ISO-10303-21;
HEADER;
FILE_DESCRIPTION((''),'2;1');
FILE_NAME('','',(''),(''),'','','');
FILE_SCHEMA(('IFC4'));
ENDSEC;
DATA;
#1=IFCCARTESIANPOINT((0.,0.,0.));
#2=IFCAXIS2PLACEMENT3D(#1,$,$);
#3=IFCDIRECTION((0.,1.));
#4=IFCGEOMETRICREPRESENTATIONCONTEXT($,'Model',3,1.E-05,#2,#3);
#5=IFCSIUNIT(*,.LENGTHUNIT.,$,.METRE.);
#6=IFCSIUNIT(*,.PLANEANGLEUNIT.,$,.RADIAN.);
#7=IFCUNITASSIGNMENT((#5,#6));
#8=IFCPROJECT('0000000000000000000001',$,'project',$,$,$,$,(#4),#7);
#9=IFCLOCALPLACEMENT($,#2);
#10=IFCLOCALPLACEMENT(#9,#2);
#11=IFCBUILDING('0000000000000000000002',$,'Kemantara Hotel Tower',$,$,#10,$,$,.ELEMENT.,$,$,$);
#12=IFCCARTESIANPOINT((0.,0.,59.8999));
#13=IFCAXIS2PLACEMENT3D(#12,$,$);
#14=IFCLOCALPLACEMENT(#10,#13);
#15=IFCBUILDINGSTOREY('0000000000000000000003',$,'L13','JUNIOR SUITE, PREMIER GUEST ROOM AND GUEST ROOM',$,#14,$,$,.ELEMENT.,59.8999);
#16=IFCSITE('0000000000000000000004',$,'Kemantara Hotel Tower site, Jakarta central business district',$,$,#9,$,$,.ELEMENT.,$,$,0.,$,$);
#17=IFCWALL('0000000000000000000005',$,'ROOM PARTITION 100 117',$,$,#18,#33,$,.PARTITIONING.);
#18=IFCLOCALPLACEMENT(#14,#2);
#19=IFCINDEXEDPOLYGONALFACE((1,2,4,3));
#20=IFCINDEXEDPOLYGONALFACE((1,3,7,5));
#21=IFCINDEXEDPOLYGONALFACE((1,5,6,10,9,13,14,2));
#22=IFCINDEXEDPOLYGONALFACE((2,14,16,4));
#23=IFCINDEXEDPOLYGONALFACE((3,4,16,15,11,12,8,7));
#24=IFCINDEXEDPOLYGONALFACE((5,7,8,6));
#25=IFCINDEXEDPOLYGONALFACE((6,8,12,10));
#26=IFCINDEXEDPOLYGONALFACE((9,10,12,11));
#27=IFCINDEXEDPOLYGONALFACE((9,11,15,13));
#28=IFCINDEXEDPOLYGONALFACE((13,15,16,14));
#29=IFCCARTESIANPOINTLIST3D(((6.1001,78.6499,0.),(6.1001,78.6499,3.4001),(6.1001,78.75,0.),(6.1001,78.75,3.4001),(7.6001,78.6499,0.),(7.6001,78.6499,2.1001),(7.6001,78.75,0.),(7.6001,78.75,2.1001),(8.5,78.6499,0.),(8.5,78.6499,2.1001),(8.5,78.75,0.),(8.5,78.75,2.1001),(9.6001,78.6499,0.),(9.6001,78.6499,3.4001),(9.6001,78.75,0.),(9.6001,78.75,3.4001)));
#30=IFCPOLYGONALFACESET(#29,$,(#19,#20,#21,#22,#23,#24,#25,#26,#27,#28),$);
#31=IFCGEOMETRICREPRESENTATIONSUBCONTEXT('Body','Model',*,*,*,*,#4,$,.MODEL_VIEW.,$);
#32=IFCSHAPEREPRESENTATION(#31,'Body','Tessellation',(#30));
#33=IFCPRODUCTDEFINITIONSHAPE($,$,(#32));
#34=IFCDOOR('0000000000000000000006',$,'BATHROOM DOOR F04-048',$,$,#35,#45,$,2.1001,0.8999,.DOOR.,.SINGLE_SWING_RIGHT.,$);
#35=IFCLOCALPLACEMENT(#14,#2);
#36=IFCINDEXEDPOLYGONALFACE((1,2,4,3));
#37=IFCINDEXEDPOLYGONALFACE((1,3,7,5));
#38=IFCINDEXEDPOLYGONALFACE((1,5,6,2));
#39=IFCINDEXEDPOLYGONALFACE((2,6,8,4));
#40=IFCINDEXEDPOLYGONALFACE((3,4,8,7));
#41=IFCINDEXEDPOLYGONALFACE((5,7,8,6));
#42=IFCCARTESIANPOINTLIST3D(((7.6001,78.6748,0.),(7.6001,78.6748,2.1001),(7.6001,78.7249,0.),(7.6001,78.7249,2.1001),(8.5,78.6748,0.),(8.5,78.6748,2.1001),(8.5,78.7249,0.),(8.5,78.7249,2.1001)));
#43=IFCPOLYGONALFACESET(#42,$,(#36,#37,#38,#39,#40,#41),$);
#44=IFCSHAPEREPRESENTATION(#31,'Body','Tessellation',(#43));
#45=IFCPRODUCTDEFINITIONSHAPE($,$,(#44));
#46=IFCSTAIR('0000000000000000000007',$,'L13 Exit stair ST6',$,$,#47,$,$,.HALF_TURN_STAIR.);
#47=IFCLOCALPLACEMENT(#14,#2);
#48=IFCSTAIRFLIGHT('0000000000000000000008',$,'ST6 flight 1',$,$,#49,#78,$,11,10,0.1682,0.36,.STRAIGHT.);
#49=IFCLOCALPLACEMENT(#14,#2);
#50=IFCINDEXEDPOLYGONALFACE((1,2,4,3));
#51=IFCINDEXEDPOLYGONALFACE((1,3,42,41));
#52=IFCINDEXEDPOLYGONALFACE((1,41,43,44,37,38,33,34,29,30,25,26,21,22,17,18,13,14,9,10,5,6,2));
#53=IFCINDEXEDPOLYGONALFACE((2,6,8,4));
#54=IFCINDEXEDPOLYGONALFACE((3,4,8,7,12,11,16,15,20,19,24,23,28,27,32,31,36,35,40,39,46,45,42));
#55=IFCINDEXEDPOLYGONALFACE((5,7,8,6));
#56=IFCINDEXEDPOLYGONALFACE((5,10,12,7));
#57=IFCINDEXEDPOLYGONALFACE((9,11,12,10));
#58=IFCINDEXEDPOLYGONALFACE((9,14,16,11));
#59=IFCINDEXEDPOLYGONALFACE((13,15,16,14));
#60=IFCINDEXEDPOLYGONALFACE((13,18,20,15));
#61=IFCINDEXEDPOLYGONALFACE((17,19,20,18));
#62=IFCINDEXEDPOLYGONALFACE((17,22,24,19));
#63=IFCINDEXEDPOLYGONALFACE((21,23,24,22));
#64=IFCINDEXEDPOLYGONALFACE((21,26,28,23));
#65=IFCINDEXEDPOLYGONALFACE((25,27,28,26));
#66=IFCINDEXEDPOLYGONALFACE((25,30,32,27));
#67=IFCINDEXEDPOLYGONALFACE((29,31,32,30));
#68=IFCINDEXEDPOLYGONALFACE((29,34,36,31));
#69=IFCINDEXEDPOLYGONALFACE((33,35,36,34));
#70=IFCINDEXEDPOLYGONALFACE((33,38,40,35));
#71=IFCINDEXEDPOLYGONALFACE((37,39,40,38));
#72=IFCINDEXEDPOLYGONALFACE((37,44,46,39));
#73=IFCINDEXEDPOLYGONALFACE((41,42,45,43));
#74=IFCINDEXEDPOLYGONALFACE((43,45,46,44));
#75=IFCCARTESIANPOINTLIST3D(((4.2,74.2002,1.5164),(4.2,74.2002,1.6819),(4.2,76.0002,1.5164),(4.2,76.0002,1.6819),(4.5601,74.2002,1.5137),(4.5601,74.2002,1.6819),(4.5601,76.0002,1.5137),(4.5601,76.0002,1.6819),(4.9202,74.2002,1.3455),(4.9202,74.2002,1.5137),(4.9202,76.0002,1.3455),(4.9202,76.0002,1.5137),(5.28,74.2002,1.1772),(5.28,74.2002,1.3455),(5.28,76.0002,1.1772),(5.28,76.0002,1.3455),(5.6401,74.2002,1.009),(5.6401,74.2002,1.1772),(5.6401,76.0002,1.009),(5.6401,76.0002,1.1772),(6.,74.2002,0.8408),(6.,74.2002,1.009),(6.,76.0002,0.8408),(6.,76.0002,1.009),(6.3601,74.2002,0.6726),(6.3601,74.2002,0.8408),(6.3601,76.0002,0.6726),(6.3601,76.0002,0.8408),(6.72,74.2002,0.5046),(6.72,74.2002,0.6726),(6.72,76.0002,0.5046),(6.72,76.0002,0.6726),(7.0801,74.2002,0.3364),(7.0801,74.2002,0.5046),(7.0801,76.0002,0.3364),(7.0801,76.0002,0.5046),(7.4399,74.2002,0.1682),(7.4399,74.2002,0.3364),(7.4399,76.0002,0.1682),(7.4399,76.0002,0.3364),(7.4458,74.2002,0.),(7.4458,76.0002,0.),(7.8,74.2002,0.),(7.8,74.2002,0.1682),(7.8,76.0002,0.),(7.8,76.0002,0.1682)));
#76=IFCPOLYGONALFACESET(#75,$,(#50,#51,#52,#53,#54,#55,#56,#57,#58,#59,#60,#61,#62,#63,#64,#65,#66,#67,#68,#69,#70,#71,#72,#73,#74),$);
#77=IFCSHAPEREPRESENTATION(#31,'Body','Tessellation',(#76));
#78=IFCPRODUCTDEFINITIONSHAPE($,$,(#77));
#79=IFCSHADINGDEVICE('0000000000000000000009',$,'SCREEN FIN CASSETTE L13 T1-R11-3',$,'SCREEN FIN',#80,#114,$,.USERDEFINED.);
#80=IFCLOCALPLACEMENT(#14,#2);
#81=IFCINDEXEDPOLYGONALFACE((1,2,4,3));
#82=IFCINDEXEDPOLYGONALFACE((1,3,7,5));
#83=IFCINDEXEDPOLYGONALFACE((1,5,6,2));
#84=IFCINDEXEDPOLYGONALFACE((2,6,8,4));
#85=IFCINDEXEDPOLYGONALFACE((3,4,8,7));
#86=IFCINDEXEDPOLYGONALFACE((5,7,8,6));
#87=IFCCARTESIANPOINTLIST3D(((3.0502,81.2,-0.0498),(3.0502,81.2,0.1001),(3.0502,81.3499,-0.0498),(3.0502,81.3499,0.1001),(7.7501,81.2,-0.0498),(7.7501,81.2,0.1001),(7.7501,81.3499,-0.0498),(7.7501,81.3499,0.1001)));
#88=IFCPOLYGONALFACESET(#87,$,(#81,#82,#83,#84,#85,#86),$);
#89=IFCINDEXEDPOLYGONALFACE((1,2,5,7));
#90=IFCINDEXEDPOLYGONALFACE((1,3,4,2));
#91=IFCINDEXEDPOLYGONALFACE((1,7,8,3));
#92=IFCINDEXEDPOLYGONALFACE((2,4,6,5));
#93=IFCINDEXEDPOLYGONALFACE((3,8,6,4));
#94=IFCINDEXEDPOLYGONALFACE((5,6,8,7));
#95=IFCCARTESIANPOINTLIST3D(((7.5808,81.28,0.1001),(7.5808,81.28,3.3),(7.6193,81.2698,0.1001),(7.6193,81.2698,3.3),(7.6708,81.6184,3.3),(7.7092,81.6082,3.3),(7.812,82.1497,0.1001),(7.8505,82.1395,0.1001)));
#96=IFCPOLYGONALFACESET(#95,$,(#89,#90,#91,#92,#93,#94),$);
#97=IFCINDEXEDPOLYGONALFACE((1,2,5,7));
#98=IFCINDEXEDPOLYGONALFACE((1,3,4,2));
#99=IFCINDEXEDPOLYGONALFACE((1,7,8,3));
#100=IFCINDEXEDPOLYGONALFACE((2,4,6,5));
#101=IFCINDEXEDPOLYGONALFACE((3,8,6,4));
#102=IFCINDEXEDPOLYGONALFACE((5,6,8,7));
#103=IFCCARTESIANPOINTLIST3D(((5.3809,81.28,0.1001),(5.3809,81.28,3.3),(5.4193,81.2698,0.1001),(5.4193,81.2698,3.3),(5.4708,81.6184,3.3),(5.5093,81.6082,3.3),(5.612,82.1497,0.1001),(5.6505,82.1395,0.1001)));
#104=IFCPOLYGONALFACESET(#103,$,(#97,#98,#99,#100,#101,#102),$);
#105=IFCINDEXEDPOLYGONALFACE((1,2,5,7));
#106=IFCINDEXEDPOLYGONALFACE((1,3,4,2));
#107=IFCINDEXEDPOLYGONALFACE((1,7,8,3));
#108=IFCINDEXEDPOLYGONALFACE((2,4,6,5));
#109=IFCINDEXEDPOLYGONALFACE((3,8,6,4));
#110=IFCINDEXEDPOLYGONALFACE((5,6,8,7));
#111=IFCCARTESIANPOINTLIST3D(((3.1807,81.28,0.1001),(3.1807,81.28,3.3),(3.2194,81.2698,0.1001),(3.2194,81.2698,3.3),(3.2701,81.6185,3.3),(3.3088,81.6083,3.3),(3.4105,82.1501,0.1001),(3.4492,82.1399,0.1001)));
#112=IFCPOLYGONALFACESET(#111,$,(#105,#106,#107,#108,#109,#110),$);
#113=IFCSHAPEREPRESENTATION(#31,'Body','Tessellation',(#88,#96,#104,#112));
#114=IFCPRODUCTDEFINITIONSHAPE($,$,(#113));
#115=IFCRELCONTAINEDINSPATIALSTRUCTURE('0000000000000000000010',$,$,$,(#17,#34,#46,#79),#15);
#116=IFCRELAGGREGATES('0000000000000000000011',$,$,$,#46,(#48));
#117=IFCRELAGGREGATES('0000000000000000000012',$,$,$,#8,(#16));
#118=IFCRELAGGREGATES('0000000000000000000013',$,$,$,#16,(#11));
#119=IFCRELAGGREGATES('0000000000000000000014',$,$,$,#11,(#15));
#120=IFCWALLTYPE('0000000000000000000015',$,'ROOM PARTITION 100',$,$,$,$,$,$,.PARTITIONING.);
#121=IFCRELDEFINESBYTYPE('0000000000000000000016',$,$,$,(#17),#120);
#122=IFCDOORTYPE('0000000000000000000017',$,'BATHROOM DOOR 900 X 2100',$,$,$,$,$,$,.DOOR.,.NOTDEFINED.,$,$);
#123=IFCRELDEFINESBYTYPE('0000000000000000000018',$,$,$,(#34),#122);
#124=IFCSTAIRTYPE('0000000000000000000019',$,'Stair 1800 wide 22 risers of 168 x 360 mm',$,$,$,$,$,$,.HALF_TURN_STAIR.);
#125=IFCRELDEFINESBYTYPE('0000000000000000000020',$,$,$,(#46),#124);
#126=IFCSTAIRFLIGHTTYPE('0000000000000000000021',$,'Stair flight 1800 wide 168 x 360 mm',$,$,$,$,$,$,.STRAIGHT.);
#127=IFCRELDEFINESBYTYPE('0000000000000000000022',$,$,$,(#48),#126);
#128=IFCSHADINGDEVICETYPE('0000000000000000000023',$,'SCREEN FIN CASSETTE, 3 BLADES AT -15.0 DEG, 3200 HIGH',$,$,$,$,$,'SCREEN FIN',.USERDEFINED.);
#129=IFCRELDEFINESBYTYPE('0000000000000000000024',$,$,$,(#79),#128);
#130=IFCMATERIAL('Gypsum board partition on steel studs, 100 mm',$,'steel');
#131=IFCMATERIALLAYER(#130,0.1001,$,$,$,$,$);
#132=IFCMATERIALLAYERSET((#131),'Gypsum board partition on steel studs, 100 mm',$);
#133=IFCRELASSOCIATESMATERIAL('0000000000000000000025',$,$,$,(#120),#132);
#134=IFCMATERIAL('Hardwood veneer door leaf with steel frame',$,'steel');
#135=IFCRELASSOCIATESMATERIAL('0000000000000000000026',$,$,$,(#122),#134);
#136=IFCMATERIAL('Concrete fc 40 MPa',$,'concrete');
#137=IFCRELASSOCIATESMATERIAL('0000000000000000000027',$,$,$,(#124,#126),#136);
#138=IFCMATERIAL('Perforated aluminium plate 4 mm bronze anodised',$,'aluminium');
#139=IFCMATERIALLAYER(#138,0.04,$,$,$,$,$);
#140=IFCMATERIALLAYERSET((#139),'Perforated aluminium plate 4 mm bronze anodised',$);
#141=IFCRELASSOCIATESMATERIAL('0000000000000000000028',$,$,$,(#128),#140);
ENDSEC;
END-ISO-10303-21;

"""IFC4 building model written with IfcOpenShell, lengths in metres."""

from ifc_helpers import new_model, si_unit, direction, frame, frame_2d, origin, origin_2d, place, context, subcontext, project, spatial, polyline, rectangle, outline, extrude, source, transform, mapped, material, layer, layer_set, type_object, element, fill, aggregate, save


model = new_model("IFC4")

# Units and contexts
model_context = context("Model", 3, precision=1e-05, world=origin(), true_north=direction((0.0, 1.0)))
body_context = subcontext(model_context, "Body", "Model", "MODEL_VIEW")
ifc_project = project(units=[si_unit("LENGTHUNIT", "METRE"), si_unit("PLANEANGLEUNIT", "RADIAN")], contexts=[model_context])

# Site, building, storey
site_placement = place(None, origin())
site = spatial("IfcSite", under=ifc_project, at=site_placement, Name="Kemantara Hotel Tower site, Jakarta central business district", CompositionType="ELEMENT", RefElevation=0.0)
building_placement = place(site_placement, origin())
building = spatial("IfcBuilding", under=site, at=building_placement, Name="Kemantara Hotel Tower", CompositionType="ELEMENT")
storey_placement = place(building_placement, frame((0.0, 0.0, 59.8999)))
storey = spatial("IfcBuildingStorey", under=building, at=storey_placement, Name="L13", Description="JUNIOR SUITE, PREMIER GUEST ROOM AND GUEST ROOM", CompositionType="ELEMENT", Elevation=59.8999)

# Shared definitions
ifc_material_1 = material(Name="Hardwood veneer door leaf with steel frame", Category="steel")
ifc_material_2 = material(Name="Concrete fc 40 MPa", Category="concrete")

# Shared definitions
ifc_material_3 = material(Name="Gypsum board partition on steel studs, 100 mm", Category="steel")
ifc_layer_1 = layer(ifc_material_3, 0.1001)
ifc_layer_set_1 = layer_set([ifc_layer_1], Name="Gypsum board partition on steel studs, 100 mm")
wall_type_1 = type_object("IfcWallType", Name="ROOM PARTITION 100", PredefinedType="PARTITIONING", material=ifc_layer_set_1)

# Wall, opening, door
wall_1_placement = place(storey_placement, frame((6.1001, 78.7, 0.0), z_axis=(0.0, 0.0, 1.0), x_axis=(1.0, 0.0, 0.0)))
wall_1 = element("IfcWall", 1, at=wall_1_placement, inside=storey, type_object=wall_type_1, Name="ROOM PARTITION 100 117", PredefinedType="PARTITIONING", context=body_context, shape_type="SweptSolid", body=[
    extrude(rectangle(XDim=3.5, YDim=0.1001, at=frame_2d((1.75, 0.0))), origin(), (0.0, 0.0, 1.0), 3.4001),
])
opening_1_placement = place(wall_1_placement, frame((1.5, 0.0, 0.0)))
opening_1 = element("IfcOpeningElement", 2, at=opening_1_placement, cuts=wall_1, PredefinedType="OPENING", context=body_context, shape_type="SweptSolid", body=[
    extrude(rectangle(XDim=0.8999, YDim=2.1001, at=frame_2d((0.45, 1.05))), frame((0.0, 0.0601, 0.0), z_axis=(0.0, -1.0, 0.0), x_axis=(1.0, 0.0, 0.0)), (0.0, 0.0, 1.0), 0.1201),
])
door_type_1 = type_object("IfcDoorType", Name="BATHROOM DOOR 900 X 2100", OperationType="NOTDEFINED", PredefinedType="DOOR", material=ifc_material_1)
door_1_placement = place(opening_1_placement, origin())
door_1 = element("IfcDoor", 3, at=door_1_placement, inside=storey, type_object=door_type_1, Name="BATHROOM DOOR F04-048", OperationType="SINGLE_SWING_RIGHT", OverallHeight=2.1001, OverallWidth=0.8999, PredefinedType="DOOR", context=body_context, shape_type="SweptSolid", body=[
    extrude(rectangle(XDim=0.8999, YDim=2.1001, at=frame_2d((0.45, 1.05))), frame((0.0, 0.0249, 0.0), z_axis=(0.0, -1.0, 0.0), x_axis=(1.0, 0.0, 0.0)), (0.0, 0.0, 1.0), 0.05),
])
fill(opening_1, door_1)

# Stair, stair flight
stair_type = type_object("IfcStairType", Name="Stair 1800 wide 22 risers of 168 x 360 mm", PredefinedType="HALF_TURN_STAIR", material=ifc_material_2)
stair_placement = place(storey_placement, origin())
stair = element("IfcStair", 4, at=stair_placement, inside=storey, type_object=stair_type, Name="L13 Exit stair ST6", PredefinedType="HALF_TURN_STAIR")
stair_flight_type = type_object("IfcStairFlightType", Name="Stair flight 1800 wide 168 x 360 mm", PredefinedType="STRAIGHT", material=ifc_material_2)
stair_flight_placement = place(storey_placement, frame((7.8, 75.1001, 0.0), z_axis=(0.0, 0.0, 1.0), x_axis=(-1.0, 0.0, 0.0)))
stair_flight = element("IfcStairFlight", 5, at=stair_flight_placement, type_object=stair_flight_type, Name="ST6 flight 1", NumberOfRisers=11, NumberOfTreads=10, PredefinedType="STRAIGHT", RiserHeight=0.1682, TreadLength=0.36, context=body_context, shape_type="SweptSolid", body=[
    extrude(outline(polyline([(0.0, 0.0), (0.0, 0.1682), (0.3601, 0.1682), (0.3601, 0.3364), (0.72, 0.3364), (0.72, 0.5046), (1.0801, 0.5046), (1.0801, 0.6726), (1.4399, 0.6726), (1.4399, 0.8408), (1.8, 0.8408), (1.8, 1.009), (2.1599, 1.009), (2.1599, 1.1772), (2.52, 1.1772), (2.52, 1.3455), (2.8799, 1.3455), (2.8799, 1.5137), (3.24, 1.5137), (3.24, 1.6819), (3.6001, 1.6819), (3.6001, 1.8501), (3.6001, 1.5164), (0.3542, 0.0), (0.0, 0.0)])), frame((0.0, 0.8999, 0.0), z_axis=(0.0, -1.0, 0.0), x_axis=(1.0, 0.0, 0.0)), (0.0, 0.0, 1.0), 1.8),
])
aggregate(stair, [stair_flight])

# Shading device
ifc_material_4 = material(Name="Perforated aluminium plate 4 mm bronze anodised", Category="aluminium")
ifc_layer_2 = layer(ifc_material_4, 0.04)
ifc_layer_set_2 = layer_set([ifc_layer_2], Name="Perforated aluminium plate 4 mm bronze anodised")
shading_device_type = type_object("IfcShadingDeviceType", Name="SCREEN FIN CASSETTE, 3 BLADES AT -15.0 DEG, 3200 HIGH", ElementType="SCREEN FIN", PredefinedType="USERDEFINED", material=ifc_layer_set_2)
shared_shape_1 = source(origin(), body_context, "Body", "SweptSolid", [
    extrude(rectangle(XDim=4.7, YDim=0.1499, at=origin_2d()), frame((2.2, -0.075, -0.1499), z_axis=(0.0, 0.0, 1.0), x_axis=(1.0, 0.0, 0.0)), (0.0, 0.0, 1.0), 0.1499),
    extrude(outline(polyline([(0.0, 0.0), (0.8999, 0.0), (0.3501, 3.2), (0.0, 3.2), (0.0, 0.0)])), frame((0.0193, -0.0801, 0.0), z_axis=(-0.966438, 0.256901, 0.0), x_axis=(-0.256901, -0.966438, 0.0)), (0.0, 0.0, 1.0), 0.0398),
    extrude(outline(polyline([(0.0, 0.0), (0.8999, 0.0), (0.3501, 3.2), (0.0, 3.2), (0.0, 0.0)])), frame((2.2192, -0.0801, 0.0), z_axis=(-0.966438, 0.256901, 0.0), x_axis=(-0.256901, -0.966438, 0.0)), (0.0, 0.0, 1.0), 0.0398),
    extrude(outline(polyline([(0.0, 0.0), (0.8999, 0.0), (0.3501, 3.2), (0.0, 3.2), (0.0, 0.0)])), frame((4.4194, -0.0801, 0.0), z_axis=(-0.966838, 0.255391, 0.0), x_axis=(-0.255391, -0.966838, 0.0)), (0.0, 0.0, 1.0), 0.04),
])
shading_device_placement = place(storey_placement, frame((7.6001, 81.2, 0.1001), z_axis=(0.0, 0.0, 1.0), x_axis=(-1.0, 0.0, 0.0)))
element("IfcShadingDevice", 6, at=shading_device_placement, inside=storey, type_object=shading_device_type, Name="SCREEN FIN CASSETTE L13 T1-R11-3", ObjectType="SCREEN FIN", PredefinedType="USERDEFINED", context=body_context, shape_type="MappedRepresentation", body=[
    mapped(shared_shape_1, transform((0.0, 0.0, 0.0))),
])

save(model, "model.ifc")
